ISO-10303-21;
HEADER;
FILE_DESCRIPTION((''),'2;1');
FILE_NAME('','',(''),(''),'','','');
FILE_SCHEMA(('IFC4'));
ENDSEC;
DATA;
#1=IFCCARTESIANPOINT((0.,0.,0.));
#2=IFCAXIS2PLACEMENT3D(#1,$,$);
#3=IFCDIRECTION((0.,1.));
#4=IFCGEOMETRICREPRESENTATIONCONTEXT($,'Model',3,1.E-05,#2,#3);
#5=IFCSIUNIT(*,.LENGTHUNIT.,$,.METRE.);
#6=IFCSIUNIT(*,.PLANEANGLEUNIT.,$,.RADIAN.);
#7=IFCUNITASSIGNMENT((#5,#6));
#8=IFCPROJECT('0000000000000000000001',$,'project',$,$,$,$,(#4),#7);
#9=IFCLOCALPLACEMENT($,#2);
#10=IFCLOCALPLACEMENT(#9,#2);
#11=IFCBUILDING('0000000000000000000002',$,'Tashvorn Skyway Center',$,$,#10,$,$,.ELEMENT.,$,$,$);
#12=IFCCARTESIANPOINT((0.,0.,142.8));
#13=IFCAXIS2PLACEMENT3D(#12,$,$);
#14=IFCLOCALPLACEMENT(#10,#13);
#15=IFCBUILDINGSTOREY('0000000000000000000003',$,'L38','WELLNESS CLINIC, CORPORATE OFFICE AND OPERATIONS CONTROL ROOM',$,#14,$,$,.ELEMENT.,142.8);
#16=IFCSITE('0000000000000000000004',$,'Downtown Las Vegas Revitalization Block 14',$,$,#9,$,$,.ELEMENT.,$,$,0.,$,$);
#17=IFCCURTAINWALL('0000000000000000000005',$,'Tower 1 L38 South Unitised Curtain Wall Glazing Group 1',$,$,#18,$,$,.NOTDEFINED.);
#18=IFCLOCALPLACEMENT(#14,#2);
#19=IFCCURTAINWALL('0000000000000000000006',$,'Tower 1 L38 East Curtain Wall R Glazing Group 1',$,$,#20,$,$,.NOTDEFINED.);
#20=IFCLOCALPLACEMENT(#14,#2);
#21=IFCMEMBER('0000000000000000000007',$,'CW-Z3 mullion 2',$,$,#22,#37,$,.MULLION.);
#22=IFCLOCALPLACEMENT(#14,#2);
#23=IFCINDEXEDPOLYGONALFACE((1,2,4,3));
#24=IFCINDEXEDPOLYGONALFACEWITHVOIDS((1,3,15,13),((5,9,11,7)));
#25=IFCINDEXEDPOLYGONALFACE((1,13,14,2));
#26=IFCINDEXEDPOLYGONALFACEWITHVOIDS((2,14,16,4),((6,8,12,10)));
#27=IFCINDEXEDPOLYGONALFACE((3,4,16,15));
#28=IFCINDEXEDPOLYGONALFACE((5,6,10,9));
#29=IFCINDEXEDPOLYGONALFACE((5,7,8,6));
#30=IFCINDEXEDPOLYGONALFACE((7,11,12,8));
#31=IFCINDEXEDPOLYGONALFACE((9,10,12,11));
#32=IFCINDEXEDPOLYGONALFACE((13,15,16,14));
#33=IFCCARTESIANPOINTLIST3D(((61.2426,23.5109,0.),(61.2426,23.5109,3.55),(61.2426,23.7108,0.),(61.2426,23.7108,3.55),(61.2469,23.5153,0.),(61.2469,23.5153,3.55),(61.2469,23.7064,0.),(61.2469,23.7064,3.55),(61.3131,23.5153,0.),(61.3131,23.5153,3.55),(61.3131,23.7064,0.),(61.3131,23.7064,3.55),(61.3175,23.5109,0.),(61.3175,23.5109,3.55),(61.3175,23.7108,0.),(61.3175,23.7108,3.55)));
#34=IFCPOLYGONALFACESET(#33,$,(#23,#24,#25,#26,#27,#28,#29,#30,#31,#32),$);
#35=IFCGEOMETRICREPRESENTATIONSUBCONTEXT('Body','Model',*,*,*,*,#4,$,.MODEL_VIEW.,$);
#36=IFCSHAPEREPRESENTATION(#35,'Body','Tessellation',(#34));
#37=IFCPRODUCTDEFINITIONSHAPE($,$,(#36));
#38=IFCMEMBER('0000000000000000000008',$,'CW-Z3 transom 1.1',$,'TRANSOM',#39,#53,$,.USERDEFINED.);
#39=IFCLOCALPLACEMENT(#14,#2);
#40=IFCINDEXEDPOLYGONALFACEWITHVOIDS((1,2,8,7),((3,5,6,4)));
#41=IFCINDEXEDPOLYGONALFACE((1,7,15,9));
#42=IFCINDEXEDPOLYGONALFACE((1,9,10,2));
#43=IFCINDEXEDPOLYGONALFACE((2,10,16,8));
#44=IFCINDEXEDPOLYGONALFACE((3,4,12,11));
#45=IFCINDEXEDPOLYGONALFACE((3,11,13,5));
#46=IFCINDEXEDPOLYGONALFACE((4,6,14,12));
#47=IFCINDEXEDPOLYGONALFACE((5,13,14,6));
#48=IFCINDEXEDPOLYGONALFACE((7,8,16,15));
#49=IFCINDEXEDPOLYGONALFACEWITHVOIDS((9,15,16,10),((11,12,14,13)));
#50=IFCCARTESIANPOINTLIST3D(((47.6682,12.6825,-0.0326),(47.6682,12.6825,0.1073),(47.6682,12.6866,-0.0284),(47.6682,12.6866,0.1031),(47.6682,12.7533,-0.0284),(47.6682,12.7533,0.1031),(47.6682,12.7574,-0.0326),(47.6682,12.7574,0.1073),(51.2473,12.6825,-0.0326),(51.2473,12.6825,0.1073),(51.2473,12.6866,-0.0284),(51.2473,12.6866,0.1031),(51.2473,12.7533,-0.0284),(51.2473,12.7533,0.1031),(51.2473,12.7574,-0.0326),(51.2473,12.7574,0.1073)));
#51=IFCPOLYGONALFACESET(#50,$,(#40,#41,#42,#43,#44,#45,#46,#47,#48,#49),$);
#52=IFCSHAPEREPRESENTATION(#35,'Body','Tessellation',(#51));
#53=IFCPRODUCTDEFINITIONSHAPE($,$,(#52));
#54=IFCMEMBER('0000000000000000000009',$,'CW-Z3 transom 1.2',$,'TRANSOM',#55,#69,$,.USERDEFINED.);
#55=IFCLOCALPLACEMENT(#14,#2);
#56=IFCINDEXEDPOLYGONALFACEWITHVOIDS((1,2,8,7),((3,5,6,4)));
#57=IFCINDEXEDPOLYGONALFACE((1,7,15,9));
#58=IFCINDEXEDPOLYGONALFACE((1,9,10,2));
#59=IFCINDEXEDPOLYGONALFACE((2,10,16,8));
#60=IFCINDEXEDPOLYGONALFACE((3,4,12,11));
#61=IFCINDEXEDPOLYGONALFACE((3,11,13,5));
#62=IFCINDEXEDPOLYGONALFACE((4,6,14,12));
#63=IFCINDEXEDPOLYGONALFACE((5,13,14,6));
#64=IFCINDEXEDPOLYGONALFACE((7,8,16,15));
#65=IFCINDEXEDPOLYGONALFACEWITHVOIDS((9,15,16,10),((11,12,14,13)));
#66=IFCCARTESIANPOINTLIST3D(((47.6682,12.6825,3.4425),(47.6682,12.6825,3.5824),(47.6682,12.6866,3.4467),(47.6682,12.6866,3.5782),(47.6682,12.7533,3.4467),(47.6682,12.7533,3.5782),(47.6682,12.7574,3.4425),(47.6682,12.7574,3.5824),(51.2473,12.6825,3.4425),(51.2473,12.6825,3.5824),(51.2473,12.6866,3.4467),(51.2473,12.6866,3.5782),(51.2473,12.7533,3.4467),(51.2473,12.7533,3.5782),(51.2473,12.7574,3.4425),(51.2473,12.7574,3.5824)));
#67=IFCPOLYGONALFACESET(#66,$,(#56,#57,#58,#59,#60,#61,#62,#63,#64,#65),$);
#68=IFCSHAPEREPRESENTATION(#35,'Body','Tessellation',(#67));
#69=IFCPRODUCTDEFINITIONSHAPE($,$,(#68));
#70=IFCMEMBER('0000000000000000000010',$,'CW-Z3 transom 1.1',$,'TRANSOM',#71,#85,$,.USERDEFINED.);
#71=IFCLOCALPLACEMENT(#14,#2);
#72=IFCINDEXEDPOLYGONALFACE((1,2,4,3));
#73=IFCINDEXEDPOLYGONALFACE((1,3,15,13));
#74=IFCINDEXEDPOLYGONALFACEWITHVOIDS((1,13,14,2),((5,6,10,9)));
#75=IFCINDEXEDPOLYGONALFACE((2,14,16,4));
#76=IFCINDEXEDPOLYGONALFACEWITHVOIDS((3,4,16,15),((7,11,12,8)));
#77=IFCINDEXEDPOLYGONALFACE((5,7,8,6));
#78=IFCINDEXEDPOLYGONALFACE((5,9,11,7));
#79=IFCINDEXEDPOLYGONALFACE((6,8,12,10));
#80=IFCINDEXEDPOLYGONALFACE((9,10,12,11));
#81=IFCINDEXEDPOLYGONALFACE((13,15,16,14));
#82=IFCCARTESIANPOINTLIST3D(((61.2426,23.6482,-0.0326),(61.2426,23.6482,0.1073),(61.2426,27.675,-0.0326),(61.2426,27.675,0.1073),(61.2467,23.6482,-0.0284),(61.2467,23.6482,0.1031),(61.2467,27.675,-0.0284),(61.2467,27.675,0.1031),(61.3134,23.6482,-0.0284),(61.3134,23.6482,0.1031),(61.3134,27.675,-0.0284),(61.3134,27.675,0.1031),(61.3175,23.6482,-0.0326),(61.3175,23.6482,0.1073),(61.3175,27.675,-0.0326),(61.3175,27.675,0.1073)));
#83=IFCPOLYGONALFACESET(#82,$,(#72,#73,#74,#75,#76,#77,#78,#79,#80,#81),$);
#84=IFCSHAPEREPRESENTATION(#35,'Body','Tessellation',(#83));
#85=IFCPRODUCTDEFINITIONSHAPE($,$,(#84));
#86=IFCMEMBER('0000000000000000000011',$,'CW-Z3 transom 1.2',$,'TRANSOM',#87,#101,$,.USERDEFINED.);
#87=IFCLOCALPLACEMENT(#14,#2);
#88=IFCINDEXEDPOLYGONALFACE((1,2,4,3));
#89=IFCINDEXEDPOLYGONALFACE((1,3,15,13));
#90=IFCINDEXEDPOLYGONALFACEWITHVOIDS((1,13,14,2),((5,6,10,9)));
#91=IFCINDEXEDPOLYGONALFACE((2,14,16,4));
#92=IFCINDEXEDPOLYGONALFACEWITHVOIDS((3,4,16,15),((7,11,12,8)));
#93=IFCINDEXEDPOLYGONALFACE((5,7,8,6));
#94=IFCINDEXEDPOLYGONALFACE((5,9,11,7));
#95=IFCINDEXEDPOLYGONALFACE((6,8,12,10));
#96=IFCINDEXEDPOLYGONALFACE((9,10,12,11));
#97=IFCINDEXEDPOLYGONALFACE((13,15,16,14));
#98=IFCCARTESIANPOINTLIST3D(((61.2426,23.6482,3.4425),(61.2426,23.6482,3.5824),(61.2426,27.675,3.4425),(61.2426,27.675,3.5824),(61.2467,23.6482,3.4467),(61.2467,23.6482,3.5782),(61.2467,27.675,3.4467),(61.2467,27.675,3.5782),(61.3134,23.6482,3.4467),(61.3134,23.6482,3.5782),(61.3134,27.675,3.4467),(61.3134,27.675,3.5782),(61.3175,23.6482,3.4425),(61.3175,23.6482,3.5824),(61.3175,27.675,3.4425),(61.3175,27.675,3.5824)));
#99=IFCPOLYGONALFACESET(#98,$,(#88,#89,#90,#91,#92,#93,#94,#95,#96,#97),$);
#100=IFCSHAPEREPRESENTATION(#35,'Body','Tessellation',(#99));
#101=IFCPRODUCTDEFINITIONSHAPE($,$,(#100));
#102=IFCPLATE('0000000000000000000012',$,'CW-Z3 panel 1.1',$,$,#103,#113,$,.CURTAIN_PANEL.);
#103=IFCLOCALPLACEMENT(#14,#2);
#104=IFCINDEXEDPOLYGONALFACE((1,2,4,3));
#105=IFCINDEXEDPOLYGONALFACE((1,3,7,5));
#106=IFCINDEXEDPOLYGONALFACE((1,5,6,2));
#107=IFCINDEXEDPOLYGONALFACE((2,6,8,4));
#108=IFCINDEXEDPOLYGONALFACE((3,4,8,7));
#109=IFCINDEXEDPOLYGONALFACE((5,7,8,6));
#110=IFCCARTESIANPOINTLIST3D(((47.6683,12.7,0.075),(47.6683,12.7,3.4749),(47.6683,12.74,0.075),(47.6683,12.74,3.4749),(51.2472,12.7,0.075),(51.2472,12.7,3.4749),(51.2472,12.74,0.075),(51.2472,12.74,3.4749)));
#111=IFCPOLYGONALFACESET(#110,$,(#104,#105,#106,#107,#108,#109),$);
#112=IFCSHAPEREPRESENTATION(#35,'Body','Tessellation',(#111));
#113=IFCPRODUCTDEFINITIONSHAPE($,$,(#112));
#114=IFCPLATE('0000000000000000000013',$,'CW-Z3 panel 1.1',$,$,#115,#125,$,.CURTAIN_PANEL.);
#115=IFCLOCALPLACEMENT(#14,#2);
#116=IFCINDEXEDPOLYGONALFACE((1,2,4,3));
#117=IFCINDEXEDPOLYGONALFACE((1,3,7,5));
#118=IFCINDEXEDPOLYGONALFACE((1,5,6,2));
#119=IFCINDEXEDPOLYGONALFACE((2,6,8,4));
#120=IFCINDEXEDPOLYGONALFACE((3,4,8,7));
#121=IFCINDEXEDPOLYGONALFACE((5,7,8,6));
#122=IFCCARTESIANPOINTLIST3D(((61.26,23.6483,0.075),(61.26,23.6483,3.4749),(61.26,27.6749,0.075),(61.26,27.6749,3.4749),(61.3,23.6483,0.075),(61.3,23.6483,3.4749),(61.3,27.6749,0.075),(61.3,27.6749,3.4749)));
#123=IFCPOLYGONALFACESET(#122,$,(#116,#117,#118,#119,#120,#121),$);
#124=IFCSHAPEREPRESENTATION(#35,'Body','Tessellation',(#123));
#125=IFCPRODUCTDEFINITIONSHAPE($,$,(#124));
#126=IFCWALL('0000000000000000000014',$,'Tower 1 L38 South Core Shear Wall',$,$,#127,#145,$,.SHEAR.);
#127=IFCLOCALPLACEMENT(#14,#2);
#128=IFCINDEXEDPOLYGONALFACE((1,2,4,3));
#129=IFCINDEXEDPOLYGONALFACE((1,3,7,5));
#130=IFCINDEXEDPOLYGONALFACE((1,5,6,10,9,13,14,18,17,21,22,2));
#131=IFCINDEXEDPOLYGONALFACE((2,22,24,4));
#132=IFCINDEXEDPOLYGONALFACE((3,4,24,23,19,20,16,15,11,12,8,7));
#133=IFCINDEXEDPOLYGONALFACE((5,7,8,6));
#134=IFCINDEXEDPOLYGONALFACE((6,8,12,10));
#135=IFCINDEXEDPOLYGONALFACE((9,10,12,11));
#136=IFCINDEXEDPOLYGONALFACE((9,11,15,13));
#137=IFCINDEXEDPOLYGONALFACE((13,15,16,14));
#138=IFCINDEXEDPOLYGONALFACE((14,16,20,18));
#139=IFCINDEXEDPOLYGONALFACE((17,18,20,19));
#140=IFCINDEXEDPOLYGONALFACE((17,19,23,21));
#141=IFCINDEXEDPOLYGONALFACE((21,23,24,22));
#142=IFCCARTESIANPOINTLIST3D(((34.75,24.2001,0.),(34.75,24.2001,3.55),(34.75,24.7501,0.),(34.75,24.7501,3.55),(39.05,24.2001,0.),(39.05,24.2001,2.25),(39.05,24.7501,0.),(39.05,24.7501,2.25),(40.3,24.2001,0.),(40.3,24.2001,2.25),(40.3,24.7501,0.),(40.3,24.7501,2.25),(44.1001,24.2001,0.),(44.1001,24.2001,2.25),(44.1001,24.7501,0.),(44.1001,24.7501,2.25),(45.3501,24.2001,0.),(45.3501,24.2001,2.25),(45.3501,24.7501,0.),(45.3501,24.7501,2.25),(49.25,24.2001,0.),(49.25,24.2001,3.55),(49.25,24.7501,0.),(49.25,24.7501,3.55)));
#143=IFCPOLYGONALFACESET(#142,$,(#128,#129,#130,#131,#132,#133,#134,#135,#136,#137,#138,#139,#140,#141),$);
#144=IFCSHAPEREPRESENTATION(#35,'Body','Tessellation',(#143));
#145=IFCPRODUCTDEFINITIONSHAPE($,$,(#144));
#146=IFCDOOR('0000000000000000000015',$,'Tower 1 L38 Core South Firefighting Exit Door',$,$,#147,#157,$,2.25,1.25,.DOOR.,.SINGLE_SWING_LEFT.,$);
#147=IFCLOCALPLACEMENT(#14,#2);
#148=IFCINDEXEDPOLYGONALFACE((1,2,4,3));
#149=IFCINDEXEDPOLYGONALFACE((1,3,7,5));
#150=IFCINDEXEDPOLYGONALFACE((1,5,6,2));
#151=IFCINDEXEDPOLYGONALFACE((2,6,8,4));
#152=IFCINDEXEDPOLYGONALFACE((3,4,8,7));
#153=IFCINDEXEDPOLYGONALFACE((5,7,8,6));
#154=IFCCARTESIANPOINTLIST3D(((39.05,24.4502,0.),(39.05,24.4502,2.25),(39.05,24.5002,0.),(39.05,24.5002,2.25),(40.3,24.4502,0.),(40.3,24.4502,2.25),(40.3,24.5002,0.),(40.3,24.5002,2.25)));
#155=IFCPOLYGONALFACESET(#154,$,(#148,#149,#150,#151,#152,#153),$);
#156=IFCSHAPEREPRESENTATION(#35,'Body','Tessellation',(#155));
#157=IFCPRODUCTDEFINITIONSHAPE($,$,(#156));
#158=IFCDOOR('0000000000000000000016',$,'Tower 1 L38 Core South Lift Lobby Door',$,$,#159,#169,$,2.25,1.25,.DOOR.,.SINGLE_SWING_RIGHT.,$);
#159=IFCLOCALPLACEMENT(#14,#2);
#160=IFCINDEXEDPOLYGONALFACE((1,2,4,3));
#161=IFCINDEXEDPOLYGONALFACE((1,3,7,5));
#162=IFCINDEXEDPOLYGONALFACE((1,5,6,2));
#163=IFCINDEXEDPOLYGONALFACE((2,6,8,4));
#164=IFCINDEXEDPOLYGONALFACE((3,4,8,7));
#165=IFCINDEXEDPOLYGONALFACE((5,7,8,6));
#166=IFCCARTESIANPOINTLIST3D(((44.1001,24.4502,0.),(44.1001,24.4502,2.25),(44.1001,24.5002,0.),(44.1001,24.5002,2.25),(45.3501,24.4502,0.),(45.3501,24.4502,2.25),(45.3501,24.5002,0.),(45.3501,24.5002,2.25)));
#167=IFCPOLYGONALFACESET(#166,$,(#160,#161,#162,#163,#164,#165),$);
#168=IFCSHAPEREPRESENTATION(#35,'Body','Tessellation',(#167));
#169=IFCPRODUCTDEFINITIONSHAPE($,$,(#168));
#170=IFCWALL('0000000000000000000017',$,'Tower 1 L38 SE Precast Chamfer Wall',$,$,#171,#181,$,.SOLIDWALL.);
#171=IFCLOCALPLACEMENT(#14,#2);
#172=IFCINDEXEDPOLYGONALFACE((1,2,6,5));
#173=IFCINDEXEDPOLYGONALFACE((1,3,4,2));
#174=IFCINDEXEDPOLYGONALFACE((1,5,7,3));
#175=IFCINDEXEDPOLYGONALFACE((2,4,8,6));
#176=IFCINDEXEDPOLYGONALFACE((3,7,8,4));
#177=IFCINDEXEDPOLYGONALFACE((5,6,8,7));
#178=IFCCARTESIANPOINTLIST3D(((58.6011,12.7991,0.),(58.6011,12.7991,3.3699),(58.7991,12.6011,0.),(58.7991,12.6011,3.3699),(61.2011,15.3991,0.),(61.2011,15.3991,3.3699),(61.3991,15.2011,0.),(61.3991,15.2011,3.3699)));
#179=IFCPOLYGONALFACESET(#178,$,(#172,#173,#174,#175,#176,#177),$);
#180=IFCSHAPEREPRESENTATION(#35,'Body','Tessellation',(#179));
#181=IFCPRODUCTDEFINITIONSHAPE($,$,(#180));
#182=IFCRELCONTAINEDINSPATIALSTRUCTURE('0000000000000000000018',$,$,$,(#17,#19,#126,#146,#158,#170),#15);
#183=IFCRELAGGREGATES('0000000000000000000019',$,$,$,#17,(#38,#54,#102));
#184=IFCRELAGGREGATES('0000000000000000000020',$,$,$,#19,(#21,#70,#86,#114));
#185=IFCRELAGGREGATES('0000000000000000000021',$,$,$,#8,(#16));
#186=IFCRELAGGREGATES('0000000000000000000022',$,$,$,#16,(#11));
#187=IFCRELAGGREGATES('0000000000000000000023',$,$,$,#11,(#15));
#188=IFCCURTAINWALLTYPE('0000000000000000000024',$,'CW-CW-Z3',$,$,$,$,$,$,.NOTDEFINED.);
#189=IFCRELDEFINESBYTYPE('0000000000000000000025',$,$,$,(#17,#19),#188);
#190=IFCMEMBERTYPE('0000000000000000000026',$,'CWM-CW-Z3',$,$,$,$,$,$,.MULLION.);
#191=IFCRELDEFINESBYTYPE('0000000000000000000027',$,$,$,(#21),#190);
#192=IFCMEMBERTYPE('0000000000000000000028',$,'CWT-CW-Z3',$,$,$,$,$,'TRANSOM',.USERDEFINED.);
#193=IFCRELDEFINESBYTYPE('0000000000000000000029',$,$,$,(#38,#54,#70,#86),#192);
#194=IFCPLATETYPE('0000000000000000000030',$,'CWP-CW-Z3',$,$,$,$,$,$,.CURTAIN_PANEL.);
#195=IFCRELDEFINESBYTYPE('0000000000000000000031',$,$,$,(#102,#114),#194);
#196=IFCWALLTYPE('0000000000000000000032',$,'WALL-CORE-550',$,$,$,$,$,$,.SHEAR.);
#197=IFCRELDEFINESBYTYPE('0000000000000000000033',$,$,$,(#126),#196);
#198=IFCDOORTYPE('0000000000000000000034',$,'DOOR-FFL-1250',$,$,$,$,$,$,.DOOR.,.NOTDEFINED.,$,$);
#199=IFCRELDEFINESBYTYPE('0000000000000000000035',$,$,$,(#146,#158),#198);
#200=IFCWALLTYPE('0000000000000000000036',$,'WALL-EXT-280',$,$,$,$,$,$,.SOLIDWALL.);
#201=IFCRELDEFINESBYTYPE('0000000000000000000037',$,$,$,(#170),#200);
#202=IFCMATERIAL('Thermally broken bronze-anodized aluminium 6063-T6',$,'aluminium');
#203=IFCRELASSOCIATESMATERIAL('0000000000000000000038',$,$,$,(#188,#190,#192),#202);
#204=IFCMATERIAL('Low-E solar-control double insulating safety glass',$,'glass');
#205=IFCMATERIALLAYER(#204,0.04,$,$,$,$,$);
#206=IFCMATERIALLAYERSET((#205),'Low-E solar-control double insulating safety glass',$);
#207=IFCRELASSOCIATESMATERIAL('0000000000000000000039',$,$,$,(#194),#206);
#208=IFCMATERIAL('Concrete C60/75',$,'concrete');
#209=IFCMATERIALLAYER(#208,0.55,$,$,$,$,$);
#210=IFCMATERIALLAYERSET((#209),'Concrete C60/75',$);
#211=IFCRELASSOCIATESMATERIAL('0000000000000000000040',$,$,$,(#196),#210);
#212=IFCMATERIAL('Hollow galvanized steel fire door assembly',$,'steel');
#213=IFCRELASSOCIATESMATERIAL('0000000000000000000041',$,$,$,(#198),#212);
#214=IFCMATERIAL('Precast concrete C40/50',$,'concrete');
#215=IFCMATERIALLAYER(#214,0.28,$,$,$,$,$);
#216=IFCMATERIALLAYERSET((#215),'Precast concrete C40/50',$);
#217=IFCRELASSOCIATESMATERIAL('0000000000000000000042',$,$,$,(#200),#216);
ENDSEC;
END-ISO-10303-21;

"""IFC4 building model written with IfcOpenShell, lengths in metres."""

from ifc_helpers import new_model, si_unit, direction, frame, frame_2d, origin, origin_2d, place, context, subcontext, project, spatial, rectangle, hollow_rectangle, extrude, material, layer, layer_set, material_profile, profile_set, type_object, element, fill, aggregate, save


model = new_model("IFC4")

# Units and contexts
model_context = context("Model", 3, precision=1e-05, world=origin(), true_north=direction((0.0, 1.0)))
body_context = subcontext(model_context, "Body", "Model", "MODEL_VIEW")
ifc_project = project(units=[si_unit("LENGTHUNIT", "METRE"), si_unit("PLANEANGLEUNIT", "RADIAN")], contexts=[model_context])

# Site, building, storey
site_placement = place(None, origin())
site = spatial("IfcSite", under=ifc_project, at=site_placement, Name="Downtown Las Vegas Revitalization Block 14", CompositionType="ELEMENT", RefElevation=0.0)
building_placement = place(site_placement, origin())
building = spatial("IfcBuilding", under=site, at=building_placement, Name="Tashvorn Skyway Center", CompositionType="ELEMENT")
storey_placement = place(building_placement, frame((0.0, 0.0, 142.8)))
storey = spatial("IfcBuildingStorey", under=building, at=storey_placement, Name="L38", Description="WELLNESS CLINIC, CORPORATE OFFICE AND OPERATIONS CONTROL ROOM", CompositionType="ELEMENT", Elevation=142.8)

# Curtain wall
ifc_material_1 = material(Name="Thermally broken bronze-anodized aluminium 6063-T6", Category="aluminium")
curtain_wall_type = type_object("IfcCurtainWallType", Name="CW-CW-Z3", PredefinedType="NOTDEFINED", material=ifc_material_1)
curtain_wall_1_placement = place(storey_placement, origin())
curtain_wall_1 = element("IfcCurtainWall", 1, at=curtain_wall_1_placement, inside=storey, type_object=curtain_wall_type, Name="Tower 1 L38 South Unitised Curtain Wall Glazing Group 1", PredefinedType="NOTDEFINED")
ifc_material_profile_1 = material_profile(ifc_material_1, hollow_rectangle(XDim=0.075, YDim=0.2, WallThickness=0.0044, at=origin_2d()), Name="ALU-MULL-75x200")
ifc_profile_set_1 = profile_set([ifc_material_profile_1], Name="Thermally broken bronze-anodized aluminium 6063-T6")
member_type_1 = type_object("IfcMemberType", Name="CWM-CW-Z3", PredefinedType="MULLION", material=ifc_profile_set_1)

# Curtain wall, member
curtain_wall_2_placement = place(storey_placement, origin())
curtain_wall_2 = element("IfcCurtainWall", 2, at=curtain_wall_2_placement, inside=storey, type_object=curtain_wall_type, Name="Tower 1 L38 East Curtain Wall R Glazing Group 1", PredefinedType="NOTDEFINED")
member_1_placement = place(storey_placement, frame((61.28, 23.6108, 0.0), z_axis=(0.0, 0.0, 1.0), x_axis=(1.0, 0.0, 0.0)))
member_1 = element("IfcMember", 3, at=member_1_placement, type_object=member_type_1, Name="CW-Z3 mullion 2", PredefinedType="MULLION", context=body_context, shape_type="SweptSolid", body=[
    extrude(hollow_rectangle(XDim=0.075, YDim=0.2, WallThickness=0.0044, at=origin_2d()), origin(), (0.0, 0.0, 1.0), 3.55),
])

# Members
ifc_material_profile_2 = material_profile(ifc_material_1, hollow_rectangle(XDim=0.075, YDim=0.1399, WallThickness=0.0042, at=origin_2d()), Name="ALU-TRAN-75x140")
ifc_profile_set_2 = profile_set([ifc_material_profile_2], Name="Thermally broken bronze-anodized aluminium 6063-T6")
member_type_2 = type_object("IfcMemberType", Name="CWT-CW-Z3", ElementType="TRANSOM", PredefinedType="USERDEFINED", material=ifc_profile_set_2)
member_2_placement = place(storey_placement, frame((51.2473, 12.72, 0.0374), z_axis=(-1.0, 0.0, 0.0), x_axis=(0.0, -1.0, 0.0)))
member_2 = element("IfcMember", 4, at=member_2_placement, type_object=member_type_2, Name="CW-Z3 transom 1.1", ObjectType="TRANSOM", PredefinedType="USERDEFINED", context=body_context, shape_type="SweptSolid", body=[
    extrude(hollow_rectangle(XDim=0.075, YDim=0.1399, WallThickness=0.0042, at=origin_2d()), origin(), (0.0, 0.0, 1.0), 3.5791),
])
member_3_placement = place(storey_placement, frame((51.2473, 12.72, 3.5125), z_axis=(-1.0, 0.0, 0.0), x_axis=(0.0, -1.0, 0.0)))
member_3 = element("IfcMember", 5, at=member_3_placement, type_object=member_type_2, Name="CW-Z3 transom 1.2", ObjectType="TRANSOM", PredefinedType="USERDEFINED", context=body_context, shape_type="SweptSolid", body=[
    extrude(hollow_rectangle(XDim=0.075, YDim=0.1399, WallThickness=0.0042, at=origin_2d()), origin(), (0.0, 0.0, 1.0), 3.5791),
])
member_4_placement = place(storey_placement, frame((61.28, 27.675, 0.0374), z_axis=(0.0, -1.0, 0.0), x_axis=(1.0, 0.0, 0.0)))
member_4 = element("IfcMember", 6, at=member_4_placement, type_object=member_type_2, Name="CW-Z3 transom 1.1", ObjectType="TRANSOM", PredefinedType="USERDEFINED", context=body_context, shape_type="SweptSolid", body=[
    extrude(hollow_rectangle(XDim=0.075, YDim=0.1399, WallThickness=0.0042, at=origin_2d()), origin(), (0.0, 0.0, 1.0), 4.0269),
])
member_5_placement = place(storey_placement, frame((61.28, 27.675, 3.5125), z_axis=(0.0, -1.0, 0.0), x_axis=(1.0, 0.0, 0.0)))
member_5 = element("IfcMember", 7, at=member_5_placement, type_object=member_type_2, Name="CW-Z3 transom 1.2", ObjectType="TRANSOM", PredefinedType="USERDEFINED", context=body_context, shape_type="SweptSolid", body=[
    extrude(hollow_rectangle(XDim=0.075, YDim=0.1399, WallThickness=0.0042, at=origin_2d()), origin(), (0.0, 0.0, 1.0), 4.0269),
])

# Plates
ifc_material_2 = material(Name="Low-E solar-control double insulating safety glass", Category="glass")
ifc_layer_1 = layer(ifc_material_2, 0.04)
ifc_layer_set_1 = layer_set([ifc_layer_1], Name="Low-E solar-control double insulating safety glass")
plate_type = type_object("IfcPlateType", Name="CWP-CW-Z3", PredefinedType="CURTAIN_PANEL", material=ifc_layer_set_1)
plate_1_placement = place(storey_placement, frame((49.4578, 12.72, 0.075), z_axis=(0.0, 0.0, 1.0), x_axis=(-1.0, 0.0, 0.0)))
plate_1 = element("IfcPlate", 8, at=plate_1_placement, type_object=plate_type, Name="CW-Z3 panel 1.1", PredefinedType="CURTAIN_PANEL", context=body_context, shape_type="SweptSolid", body=[
    extrude(rectangle(XDim=3.5789, YDim=0.04, at=origin_2d()), origin(), (0.0, 0.0, 1.0), 3.3999),
])
aggregate(curtain_wall_1, [member_2, member_3, plate_1])
plate_2_placement = place(storey_placement, frame((61.28, 25.6616, 0.075), z_axis=(0.0, 0.0, 1.0), x_axis=(0.0, -1.0, 0.0)))
plate_2 = element("IfcPlate", 9, at=plate_2_placement, type_object=plate_type, Name="CW-Z3 panel 1.1", PredefinedType="CURTAIN_PANEL", context=body_context, shape_type="SweptSolid", body=[
    extrude(rectangle(XDim=4.0266, YDim=0.04, at=origin_2d()), origin(), (0.0, 0.0, 1.0), 3.3999),
])
aggregate(curtain_wall_2, [member_1, member_4, member_5, plate_2])

# Wall, openings, doors
ifc_material_3 = material(Name="Concrete C60/75", Category="concrete")
ifc_layer_2 = layer(ifc_material_3, 0.55)
ifc_layer_set_2 = layer_set([ifc_layer_2], Name="Concrete C60/75")
wall_type_1 = type_object("IfcWallType", Name="WALL-CORE-550", PredefinedType="SHEAR", material=ifc_layer_set_2)
wall_1_placement = place(storey_placement, frame((49.25, 24.4751, 0.0), z_axis=(0.0, 0.0, 1.0), x_axis=(-1.0, 0.0, 0.0)))
wall_1 = element("IfcWall", 10, at=wall_1_placement, inside=storey, type_object=wall_type_1, Name="Tower 1 L38 South Core Shear Wall", PredefinedType="SHEAR", context=body_context, shape_type="SweptSolid", body=[
    extrude(rectangle(XDim=14.5, YDim=0.55, at=frame_2d((7.25, 0.0))), origin(), (0.0, 0.0, 1.0), 3.55),
])
opening_1_placement = place(wall_1_placement, frame((8.95, 0.0, 0.0)))
opening_1 = element("IfcOpeningElement", 11, at=opening_1_placement, cuts=wall_1, PredefinedType="OPENING", context=body_context, shape_type="SweptSolid", body=[
    extrude(rectangle(XDim=1.25, YDim=2.25, at=frame_2d((0.625, 1.125))), frame((0.0, 0.2849, 0.0), z_axis=(0.0, -1.0, 0.0), x_axis=(1.0, 0.0, 0.0)), (0.0, 0.0, 1.0), 0.5701),
])
opening_2_placement = place(wall_1_placement, frame((3.8999, 0.0, 0.0)))
opening_2 = element("IfcOpeningElement", 12, at=opening_2_placement, cuts=wall_1, PredefinedType="OPENING", context=body_context, shape_type="SweptSolid", body=[
    extrude(rectangle(XDim=1.25, YDim=2.25, at=frame_2d((0.625, 1.125))), frame((0.0, 0.2849, 0.0), z_axis=(0.0, -1.0, 0.0), x_axis=(1.0, 0.0, 0.0)), (0.0, 0.0, 1.0), 0.5701),
])
ifc_material_4 = material(Name="Hollow galvanized steel fire door assembly", Category="steel")
door_type_1 = type_object("IfcDoorType", Name="DOOR-FFL-1250", OperationType="NOTDEFINED", PredefinedType="DOOR", material=ifc_material_4)
door_1_placement = place(opening_1_placement, origin())
door_1 = element("IfcDoor", 13, at=door_1_placement, inside=storey, type_object=door_type_1, Name="Tower 1 L38 Core South Firefighting Exit Door", OperationType="SINGLE_SWING_LEFT", OverallHeight=2.25, OverallWidth=1.25, PredefinedType="DOOR", context=body_context, shape_type="SweptSolid", body=[
    extrude(rectangle(XDim=1.25, YDim=2.25, at=frame_2d((0.625, 1.125))), frame((0.0, 0.0249, 0.0), z_axis=(0.0, -1.0, 0.0), x_axis=(1.0, 0.0, 0.0)), (0.0, 0.0, 1.0), 0.05),
])
fill(opening_1, door_1)
door_2_placement = place(opening_2_placement, origin())
door_2 = element("IfcDoor", 14, at=door_2_placement, inside=storey, type_object=door_type_1, Name="Tower 1 L38 Core South Lift Lobby Door", OperationType="SINGLE_SWING_RIGHT", OverallHeight=2.25, OverallWidth=1.25, PredefinedType="DOOR", context=body_context, shape_type="SweptSolid", body=[
    extrude(rectangle(XDim=1.25, YDim=2.25, at=frame_2d((0.625, 1.125))), frame((0.0, 0.0249, 0.0), z_axis=(0.0, -1.0, 0.0), x_axis=(1.0, 0.0, 0.0)), (0.0, 0.0, 1.0), 0.05),
])
fill(opening_2, door_2)

# Wall
ifc_material_5 = material(Name="Precast concrete C40/50", Category="concrete")
ifc_layer_3 = layer(ifc_material_5, 0.28)
ifc_layer_set_3 = layer_set([ifc_layer_3], Name="Precast concrete C40/50")
wall_type_2 = type_object("IfcWallType", Name="WALL-EXT-280", PredefinedType="SOLIDWALL", material=ifc_layer_set_3)
wall_2_placement = place(storey_placement, frame((61.3, 15.3, 0.0), z_axis=(0.0, 0.0, 1.0), x_axis=(-0.707107, -0.707107, 0.0)))
element("IfcWall", 15, at=wall_2_placement, inside=storey, type_object=wall_type_2, Name="Tower 1 L38 SE Precast Chamfer Wall", PredefinedType="SOLIDWALL", context=body_context, shape_type="SweptSolid", body=[
    extrude(rectangle(XDim=3.677, YDim=0.28, at=frame_2d((1.8384, 0.0))), origin(), (0.0, 0.0, 1.0), 3.3699),
])

save(model, "model.ifc")
